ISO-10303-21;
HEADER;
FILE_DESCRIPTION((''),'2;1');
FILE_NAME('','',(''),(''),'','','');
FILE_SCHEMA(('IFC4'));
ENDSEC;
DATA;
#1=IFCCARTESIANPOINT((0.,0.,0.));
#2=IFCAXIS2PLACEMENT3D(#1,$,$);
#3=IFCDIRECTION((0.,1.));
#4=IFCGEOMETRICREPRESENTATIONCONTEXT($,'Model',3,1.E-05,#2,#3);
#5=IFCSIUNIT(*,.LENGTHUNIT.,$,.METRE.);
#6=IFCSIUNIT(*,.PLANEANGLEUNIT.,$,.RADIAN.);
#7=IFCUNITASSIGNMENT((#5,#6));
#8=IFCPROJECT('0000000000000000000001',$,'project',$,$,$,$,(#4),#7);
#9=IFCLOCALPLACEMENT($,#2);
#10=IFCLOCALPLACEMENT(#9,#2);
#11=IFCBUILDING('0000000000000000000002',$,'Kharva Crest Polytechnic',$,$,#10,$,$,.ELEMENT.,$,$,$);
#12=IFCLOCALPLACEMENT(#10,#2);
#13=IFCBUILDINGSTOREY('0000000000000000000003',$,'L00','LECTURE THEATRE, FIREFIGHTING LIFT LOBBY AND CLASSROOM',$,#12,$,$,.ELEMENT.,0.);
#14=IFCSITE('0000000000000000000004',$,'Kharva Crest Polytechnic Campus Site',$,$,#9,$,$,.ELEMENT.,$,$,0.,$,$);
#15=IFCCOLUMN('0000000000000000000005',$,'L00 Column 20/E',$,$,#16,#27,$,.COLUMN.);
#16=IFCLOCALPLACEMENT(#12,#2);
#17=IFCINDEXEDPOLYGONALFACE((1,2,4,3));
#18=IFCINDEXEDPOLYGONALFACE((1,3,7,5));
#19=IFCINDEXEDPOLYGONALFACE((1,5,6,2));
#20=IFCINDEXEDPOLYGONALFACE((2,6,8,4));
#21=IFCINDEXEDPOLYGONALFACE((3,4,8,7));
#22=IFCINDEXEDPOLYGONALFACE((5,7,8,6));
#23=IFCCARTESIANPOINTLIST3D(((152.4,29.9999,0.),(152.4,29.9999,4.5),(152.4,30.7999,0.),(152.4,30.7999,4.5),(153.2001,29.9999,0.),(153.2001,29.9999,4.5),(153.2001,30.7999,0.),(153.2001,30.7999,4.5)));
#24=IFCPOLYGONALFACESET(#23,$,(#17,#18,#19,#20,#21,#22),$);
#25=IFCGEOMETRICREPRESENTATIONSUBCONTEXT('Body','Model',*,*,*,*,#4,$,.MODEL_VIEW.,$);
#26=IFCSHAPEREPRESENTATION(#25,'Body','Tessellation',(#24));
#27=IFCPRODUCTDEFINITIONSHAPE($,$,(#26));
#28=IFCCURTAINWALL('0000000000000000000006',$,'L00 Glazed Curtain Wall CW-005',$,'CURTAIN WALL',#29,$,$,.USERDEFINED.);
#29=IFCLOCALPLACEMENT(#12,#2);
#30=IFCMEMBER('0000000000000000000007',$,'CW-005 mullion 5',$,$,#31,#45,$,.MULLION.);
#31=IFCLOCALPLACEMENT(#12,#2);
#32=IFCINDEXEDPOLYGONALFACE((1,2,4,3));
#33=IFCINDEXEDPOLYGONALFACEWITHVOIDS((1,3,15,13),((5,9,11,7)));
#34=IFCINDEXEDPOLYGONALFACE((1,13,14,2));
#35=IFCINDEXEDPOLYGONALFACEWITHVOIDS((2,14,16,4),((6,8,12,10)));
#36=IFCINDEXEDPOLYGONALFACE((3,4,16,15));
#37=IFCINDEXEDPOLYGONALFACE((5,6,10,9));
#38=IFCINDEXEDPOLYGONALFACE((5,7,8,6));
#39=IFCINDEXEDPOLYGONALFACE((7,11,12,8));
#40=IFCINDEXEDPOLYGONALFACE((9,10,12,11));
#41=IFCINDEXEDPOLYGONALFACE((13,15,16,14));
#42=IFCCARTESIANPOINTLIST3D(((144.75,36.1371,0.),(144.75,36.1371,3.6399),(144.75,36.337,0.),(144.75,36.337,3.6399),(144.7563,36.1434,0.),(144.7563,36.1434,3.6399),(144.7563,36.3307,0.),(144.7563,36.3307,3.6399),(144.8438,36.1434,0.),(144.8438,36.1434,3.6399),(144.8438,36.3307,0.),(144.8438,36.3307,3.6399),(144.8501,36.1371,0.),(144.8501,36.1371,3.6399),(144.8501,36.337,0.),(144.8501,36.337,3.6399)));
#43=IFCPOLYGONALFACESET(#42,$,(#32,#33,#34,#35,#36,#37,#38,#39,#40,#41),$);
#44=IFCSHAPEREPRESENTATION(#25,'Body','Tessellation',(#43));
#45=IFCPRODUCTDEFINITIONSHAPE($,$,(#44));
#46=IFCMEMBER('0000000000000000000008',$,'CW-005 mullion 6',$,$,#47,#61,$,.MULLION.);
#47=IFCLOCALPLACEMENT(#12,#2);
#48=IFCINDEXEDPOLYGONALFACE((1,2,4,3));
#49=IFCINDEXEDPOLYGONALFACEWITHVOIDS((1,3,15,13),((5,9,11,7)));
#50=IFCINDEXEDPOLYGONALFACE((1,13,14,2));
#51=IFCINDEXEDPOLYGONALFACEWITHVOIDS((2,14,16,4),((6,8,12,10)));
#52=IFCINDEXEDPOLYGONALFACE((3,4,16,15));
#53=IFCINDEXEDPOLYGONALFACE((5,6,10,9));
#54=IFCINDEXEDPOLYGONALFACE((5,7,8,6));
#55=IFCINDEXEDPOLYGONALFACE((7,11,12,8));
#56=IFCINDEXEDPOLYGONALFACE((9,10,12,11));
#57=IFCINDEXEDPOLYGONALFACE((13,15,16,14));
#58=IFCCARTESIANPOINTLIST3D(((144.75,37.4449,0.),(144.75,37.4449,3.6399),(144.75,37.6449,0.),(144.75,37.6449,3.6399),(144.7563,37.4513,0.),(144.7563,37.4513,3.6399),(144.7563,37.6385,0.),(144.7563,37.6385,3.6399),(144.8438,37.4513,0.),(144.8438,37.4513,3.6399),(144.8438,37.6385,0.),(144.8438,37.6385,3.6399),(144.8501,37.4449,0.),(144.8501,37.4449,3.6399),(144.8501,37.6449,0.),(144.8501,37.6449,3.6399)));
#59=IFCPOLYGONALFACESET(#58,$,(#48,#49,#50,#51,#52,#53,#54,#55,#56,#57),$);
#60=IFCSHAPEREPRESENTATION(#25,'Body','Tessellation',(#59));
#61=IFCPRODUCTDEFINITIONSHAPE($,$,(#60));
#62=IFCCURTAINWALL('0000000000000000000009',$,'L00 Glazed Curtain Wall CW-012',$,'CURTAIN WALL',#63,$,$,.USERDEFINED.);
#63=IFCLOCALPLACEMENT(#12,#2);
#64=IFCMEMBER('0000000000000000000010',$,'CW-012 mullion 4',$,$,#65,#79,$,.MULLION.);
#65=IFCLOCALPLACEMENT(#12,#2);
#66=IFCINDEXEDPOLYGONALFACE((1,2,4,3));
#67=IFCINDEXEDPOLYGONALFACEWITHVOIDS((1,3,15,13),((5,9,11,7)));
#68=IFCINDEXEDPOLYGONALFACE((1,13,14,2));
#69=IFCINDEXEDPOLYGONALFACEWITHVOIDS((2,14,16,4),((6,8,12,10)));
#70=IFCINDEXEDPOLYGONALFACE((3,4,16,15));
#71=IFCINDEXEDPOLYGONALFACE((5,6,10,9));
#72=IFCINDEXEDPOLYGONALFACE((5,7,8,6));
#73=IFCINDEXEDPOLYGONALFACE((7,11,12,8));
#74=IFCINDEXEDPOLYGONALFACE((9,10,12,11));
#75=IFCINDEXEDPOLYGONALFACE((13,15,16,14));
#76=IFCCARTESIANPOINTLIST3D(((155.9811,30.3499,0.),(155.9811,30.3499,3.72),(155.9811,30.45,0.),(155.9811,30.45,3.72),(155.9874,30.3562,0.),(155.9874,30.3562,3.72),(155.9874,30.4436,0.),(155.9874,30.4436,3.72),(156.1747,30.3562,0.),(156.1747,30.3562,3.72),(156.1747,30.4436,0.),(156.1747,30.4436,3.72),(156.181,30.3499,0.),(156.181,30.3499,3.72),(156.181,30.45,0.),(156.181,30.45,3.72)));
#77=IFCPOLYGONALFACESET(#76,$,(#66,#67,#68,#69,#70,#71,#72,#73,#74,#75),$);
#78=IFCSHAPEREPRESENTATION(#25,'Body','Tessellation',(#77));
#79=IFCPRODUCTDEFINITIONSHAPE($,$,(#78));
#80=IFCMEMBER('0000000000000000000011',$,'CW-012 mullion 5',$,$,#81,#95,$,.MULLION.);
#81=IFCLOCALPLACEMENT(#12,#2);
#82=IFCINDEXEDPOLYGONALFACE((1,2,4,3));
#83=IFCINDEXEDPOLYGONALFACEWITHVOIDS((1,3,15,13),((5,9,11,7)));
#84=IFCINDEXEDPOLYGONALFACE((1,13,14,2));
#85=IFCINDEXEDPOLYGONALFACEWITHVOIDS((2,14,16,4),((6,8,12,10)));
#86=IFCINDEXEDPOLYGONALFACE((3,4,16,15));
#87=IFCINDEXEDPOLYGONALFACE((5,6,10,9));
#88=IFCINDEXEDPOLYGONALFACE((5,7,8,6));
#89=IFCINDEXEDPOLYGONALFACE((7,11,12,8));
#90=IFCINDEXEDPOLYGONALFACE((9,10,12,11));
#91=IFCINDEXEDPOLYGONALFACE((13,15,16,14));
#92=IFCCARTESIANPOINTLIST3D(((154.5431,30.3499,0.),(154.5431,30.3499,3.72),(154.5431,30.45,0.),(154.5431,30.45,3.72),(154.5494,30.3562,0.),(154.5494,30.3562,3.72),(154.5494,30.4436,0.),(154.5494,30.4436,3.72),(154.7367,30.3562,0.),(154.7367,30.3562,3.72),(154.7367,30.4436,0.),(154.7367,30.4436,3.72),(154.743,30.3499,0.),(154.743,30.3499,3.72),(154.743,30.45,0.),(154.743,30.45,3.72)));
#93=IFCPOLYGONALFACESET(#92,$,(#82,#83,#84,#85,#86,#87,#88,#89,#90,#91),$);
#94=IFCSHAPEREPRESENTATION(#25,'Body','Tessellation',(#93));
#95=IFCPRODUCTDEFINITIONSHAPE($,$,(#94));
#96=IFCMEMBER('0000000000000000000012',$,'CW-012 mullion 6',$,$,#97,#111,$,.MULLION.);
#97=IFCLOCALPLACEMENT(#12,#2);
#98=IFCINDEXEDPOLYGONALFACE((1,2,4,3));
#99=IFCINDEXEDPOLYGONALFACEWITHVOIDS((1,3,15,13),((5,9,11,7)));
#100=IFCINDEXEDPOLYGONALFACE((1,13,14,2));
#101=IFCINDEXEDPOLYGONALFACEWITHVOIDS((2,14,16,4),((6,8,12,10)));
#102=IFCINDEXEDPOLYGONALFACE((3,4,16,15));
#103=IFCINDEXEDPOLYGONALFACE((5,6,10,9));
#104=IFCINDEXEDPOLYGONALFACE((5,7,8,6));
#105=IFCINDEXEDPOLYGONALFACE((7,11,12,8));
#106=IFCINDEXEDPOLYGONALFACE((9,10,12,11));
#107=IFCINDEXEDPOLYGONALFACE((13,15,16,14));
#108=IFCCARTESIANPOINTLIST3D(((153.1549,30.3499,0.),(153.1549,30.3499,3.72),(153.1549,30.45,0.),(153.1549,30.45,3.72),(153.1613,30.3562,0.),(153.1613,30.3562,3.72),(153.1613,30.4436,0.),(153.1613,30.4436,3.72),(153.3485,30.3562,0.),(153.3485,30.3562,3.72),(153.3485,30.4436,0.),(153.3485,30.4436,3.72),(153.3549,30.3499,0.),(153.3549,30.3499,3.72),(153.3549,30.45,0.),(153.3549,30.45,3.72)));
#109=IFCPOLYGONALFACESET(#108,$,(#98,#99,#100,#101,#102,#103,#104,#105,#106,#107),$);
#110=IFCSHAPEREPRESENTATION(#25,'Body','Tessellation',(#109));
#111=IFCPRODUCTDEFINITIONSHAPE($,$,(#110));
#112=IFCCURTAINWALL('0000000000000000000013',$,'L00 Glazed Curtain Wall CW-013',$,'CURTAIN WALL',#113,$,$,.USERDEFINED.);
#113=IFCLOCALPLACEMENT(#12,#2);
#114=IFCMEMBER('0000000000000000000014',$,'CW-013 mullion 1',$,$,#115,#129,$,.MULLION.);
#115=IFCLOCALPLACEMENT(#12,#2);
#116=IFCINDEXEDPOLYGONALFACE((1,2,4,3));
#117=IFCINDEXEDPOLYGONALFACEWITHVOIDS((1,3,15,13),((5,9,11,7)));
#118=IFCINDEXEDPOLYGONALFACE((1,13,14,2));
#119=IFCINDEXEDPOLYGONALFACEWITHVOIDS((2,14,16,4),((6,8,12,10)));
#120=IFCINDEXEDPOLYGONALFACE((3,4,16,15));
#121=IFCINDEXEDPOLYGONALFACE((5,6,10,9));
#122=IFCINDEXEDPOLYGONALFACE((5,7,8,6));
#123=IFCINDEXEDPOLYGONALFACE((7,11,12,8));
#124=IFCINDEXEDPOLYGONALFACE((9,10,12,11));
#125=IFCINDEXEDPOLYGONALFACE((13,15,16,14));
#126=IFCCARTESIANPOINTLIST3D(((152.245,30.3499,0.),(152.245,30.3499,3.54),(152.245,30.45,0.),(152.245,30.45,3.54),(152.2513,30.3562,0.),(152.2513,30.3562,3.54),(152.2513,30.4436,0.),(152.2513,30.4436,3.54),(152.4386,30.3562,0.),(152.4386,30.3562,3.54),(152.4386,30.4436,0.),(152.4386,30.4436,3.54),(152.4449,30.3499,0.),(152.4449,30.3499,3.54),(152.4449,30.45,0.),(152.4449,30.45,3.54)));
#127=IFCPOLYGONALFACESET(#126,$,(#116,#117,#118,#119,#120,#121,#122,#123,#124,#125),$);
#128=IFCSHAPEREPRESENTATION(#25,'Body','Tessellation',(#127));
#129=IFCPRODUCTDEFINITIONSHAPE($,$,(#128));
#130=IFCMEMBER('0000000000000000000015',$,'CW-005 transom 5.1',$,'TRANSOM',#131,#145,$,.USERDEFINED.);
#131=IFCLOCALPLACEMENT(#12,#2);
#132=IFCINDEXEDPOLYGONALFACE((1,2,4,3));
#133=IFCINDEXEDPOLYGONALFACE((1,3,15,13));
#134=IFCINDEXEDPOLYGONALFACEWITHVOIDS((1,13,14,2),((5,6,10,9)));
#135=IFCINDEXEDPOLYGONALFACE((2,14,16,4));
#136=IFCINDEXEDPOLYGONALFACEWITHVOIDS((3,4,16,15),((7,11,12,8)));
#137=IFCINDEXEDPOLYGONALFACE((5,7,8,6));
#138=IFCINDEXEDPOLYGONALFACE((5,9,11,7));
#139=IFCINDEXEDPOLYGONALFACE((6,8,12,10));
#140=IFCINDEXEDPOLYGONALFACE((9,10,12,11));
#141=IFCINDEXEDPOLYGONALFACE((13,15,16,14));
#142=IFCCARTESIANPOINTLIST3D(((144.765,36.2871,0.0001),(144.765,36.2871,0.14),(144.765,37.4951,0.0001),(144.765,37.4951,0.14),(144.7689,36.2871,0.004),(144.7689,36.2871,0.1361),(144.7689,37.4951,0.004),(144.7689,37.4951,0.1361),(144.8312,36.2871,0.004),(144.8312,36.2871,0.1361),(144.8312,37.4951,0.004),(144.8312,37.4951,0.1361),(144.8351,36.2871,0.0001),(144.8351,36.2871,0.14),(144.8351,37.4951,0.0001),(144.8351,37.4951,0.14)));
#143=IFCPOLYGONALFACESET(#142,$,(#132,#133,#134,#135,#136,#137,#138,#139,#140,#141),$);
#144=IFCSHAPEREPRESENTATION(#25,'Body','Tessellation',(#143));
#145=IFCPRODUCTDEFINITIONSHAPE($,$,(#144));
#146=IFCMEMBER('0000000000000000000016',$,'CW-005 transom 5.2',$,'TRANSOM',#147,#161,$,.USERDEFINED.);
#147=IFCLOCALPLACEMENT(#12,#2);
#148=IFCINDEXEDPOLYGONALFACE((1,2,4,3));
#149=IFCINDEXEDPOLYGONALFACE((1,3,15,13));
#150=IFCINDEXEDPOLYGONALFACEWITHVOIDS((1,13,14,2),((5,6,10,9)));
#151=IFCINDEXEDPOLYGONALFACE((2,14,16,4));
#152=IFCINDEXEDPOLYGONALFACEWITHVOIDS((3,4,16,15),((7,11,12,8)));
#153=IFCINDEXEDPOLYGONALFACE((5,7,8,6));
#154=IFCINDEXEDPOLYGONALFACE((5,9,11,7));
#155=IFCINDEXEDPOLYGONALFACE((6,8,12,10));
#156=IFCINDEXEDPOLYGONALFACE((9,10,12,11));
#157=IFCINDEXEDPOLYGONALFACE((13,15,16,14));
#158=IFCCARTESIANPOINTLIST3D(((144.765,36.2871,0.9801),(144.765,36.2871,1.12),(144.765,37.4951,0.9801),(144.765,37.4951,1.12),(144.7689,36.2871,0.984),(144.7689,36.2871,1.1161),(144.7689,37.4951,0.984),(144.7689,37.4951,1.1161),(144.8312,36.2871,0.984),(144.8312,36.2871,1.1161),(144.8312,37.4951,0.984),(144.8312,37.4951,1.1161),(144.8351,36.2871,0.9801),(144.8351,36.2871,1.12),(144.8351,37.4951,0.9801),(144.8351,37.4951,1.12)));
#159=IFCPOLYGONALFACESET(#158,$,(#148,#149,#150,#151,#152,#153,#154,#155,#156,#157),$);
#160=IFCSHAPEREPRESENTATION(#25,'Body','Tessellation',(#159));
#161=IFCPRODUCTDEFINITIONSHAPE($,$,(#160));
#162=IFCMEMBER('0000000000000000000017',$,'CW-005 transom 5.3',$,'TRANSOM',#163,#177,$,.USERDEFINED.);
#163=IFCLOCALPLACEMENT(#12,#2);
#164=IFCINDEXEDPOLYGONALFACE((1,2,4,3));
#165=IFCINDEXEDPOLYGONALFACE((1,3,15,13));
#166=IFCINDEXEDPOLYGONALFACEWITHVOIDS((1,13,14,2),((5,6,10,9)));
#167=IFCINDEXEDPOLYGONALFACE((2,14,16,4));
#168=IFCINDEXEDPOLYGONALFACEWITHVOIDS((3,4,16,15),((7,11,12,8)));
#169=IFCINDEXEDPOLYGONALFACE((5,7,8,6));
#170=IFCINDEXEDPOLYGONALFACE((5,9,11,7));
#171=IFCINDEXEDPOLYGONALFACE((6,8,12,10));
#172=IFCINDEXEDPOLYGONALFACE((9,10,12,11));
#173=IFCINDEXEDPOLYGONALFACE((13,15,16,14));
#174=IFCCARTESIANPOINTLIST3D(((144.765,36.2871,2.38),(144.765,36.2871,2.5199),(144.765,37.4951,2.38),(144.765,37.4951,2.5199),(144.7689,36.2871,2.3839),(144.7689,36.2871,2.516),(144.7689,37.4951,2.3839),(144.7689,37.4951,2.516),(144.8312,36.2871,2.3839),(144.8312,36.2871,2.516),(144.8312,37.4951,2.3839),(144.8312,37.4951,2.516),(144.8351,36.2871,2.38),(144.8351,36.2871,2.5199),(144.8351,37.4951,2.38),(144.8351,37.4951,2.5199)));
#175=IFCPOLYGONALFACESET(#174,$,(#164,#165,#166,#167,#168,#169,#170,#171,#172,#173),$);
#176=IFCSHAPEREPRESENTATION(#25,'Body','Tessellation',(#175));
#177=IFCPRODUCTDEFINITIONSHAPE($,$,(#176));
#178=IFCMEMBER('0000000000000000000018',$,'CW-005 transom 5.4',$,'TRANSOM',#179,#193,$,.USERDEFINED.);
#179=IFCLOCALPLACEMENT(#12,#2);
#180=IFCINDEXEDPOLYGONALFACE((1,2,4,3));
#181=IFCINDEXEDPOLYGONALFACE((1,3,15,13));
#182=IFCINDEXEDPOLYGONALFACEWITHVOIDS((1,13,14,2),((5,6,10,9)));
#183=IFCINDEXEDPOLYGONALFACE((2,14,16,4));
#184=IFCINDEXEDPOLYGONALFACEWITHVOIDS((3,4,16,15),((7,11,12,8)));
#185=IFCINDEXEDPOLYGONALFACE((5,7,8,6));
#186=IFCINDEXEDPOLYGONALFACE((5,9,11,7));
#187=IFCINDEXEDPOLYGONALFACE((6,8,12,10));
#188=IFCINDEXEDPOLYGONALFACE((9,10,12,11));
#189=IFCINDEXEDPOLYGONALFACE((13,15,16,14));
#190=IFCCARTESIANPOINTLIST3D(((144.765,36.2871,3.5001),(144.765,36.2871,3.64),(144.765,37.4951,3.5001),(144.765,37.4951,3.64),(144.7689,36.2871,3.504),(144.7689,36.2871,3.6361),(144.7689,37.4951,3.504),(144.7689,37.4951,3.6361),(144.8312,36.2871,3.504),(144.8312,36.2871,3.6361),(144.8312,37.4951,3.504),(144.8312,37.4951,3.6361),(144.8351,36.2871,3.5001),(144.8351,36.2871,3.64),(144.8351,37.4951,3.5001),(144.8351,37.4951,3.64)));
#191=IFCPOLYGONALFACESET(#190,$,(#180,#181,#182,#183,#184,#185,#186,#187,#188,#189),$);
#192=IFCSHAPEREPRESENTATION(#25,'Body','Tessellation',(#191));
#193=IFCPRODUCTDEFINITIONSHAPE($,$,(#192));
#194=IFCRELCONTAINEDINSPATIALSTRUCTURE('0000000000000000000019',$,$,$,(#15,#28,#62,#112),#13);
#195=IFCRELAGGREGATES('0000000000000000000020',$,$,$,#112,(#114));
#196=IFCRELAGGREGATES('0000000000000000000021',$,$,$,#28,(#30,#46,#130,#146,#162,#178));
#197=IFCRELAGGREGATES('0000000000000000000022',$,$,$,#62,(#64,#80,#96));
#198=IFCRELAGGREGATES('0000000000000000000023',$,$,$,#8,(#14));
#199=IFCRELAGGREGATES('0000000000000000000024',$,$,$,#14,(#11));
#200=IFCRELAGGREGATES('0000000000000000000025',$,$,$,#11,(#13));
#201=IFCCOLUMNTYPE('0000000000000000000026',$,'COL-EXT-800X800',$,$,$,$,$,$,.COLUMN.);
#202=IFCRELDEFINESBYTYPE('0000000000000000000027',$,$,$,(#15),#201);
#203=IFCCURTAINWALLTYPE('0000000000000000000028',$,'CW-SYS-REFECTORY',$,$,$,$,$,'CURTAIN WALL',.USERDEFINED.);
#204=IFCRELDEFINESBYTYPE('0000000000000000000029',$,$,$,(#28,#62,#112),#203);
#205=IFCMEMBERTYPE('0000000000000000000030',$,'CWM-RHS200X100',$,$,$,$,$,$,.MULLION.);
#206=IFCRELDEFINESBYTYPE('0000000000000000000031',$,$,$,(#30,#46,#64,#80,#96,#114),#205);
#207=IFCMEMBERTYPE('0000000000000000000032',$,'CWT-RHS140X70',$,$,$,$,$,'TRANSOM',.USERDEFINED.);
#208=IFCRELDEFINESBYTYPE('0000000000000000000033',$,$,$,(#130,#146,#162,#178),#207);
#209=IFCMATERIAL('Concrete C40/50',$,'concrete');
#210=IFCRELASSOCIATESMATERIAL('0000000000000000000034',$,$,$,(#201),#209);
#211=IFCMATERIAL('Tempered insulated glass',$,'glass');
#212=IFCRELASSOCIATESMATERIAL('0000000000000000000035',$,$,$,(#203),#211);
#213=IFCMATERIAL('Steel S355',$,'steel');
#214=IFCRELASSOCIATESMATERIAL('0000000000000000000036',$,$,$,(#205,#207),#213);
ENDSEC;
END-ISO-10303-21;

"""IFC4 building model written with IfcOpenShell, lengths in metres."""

from ifc_helpers import new_model, si_unit, direction, frame, origin, origin_2d, place, context, subcontext, project, spatial, rectangle, hollow_rectangle, extrude, material, material_profile, profile_set, type_object, element, aggregate, save


model = new_model("IFC4")

# Units and contexts
model_context = context("Model", 3, precision=1e-05, world=origin(), true_north=direction((0.0, 1.0)))
body_context = subcontext(model_context, "Body", "Model", "MODEL_VIEW")
ifc_project = project(units=[si_unit("LENGTHUNIT", "METRE"), si_unit("PLANEANGLEUNIT", "RADIAN")], contexts=[model_context])

# Site, building, storey
site_placement = place(None, origin())
site = spatial("IfcSite", under=ifc_project, at=site_placement, Name="Kharva Crest Polytechnic Campus Site", CompositionType="ELEMENT", RefElevation=0.0)
building_placement = place(site_placement, origin())
building = spatial("IfcBuilding", under=site, at=building_placement, Name="Kharva Crest Polytechnic", CompositionType="ELEMENT")
storey_placement = place(building_placement, origin())
storey = spatial("IfcBuildingStorey", under=building, at=storey_placement, Name="L00", Description="LECTURE THEATRE, FIREFIGHTING LIFT LOBBY AND CLASSROOM", CompositionType="ELEMENT", Elevation=0.0)

# Column
ifc_material_1 = material(Name="Concrete C40/50", Category="concrete")
ifc_material_profile_1 = material_profile(ifc_material_1, rectangle(XDim=0.8, YDim=0.8, at=origin_2d()), Name="RECT 800 X 800")
ifc_profile_set_1 = profile_set([ifc_material_profile_1], Name="Concrete C40/50")
column_type = type_object("IfcColumnType", Name="COL-EXT-800X800", PredefinedType="COLUMN", material=ifc_profile_set_1)
column_placement = place(storey_placement, frame((152.8, 30.3999, 0.0), z_axis=(0.0, 0.0, 1.0), x_axis=(1.0, 0.0, 0.0)))
element("IfcColumn", 1, at=column_placement, inside=storey, type_object=column_type, Name="L00 Column 20/E", PredefinedType="COLUMN", context=body_context, shape_type="SweptSolid", body=[
    extrude(rectangle(XDim=0.8, YDim=0.8, at=origin_2d()), origin(), (0.0, 0.0, 1.0), 4.5),
])

# Curtain walls, members
ifc_material_2 = material(Name="Tempered insulated glass", Category="glass")
curtain_wall_type = type_object("IfcCurtainWallType", Name="CW-SYS-REFECTORY", ElementType="CURTAIN WALL", PredefinedType="USERDEFINED", material=ifc_material_2)
curtain_wall_1_placement = place(storey_placement, origin())
curtain_wall_1 = element("IfcCurtainWall", 2, at=curtain_wall_1_placement, inside=storey, type_object=curtain_wall_type, Name="L00 Glazed Curtain Wall CW-005", ObjectType="CURTAIN WALL", PredefinedType="USERDEFINED")
ifc_material_3 = material(Name="Steel S355", Category="steel")
ifc_material_profile_2 = material_profile(ifc_material_3, hollow_rectangle(XDim=0.1001, YDim=0.2, WallThickness=0.0063, at=origin_2d()), Name="RHS 200X100X6.3")
ifc_profile_set_2 = profile_set([ifc_material_profile_2], Name="Steel S355")
member_type_1 = type_object("IfcMemberType", Name="CWM-RHS200X100", PredefinedType="MULLION", material=ifc_profile_set_2)
member_1_placement = place(storey_placement, frame((144.8, 36.2371, 0.0), z_axis=(0.0, 0.0, 1.0), x_axis=(-1.0, 0.0, 0.0)))
member_1 = element("IfcMember", 3, at=member_1_placement, type_object=member_type_1, Name="CW-005 mullion 5", PredefinedType="MULLION", context=body_context, shape_type="SweptSolid", body=[
    extrude(hollow_rectangle(XDim=0.1001, YDim=0.2, WallThickness=0.0063, at=origin_2d()), origin(), (0.0, 0.0, 1.0), 3.6399),
])
member_2_placement = place(storey_placement, frame((144.8, 37.5449, 0.0), z_axis=(0.0, 0.0, 1.0), x_axis=(-1.0, 0.0, 0.0)))
member_2 = element("IfcMember", 4, at=member_2_placement, type_object=member_type_1, Name="CW-005 mullion 6", PredefinedType="MULLION", context=body_context, shape_type="SweptSolid", body=[
    extrude(hollow_rectangle(XDim=0.1001, YDim=0.2, WallThickness=0.0063, at=origin_2d()), origin(), (0.0, 0.0, 1.0), 3.6399),
])
curtain_wall_2_placement = place(storey_placement, origin())
curtain_wall_2 = element("IfcCurtainWall", 5, at=curtain_wall_2_placement, inside=storey, type_object=curtain_wall_type, Name="L00 Glazed Curtain Wall CW-012", ObjectType="CURTAIN WALL", PredefinedType="USERDEFINED")
member_3_placement = place(storey_placement, frame((156.0811, 30.3999, 0.0), z_axis=(0.0, 0.0, 1.0), x_axis=(0.0, -1.0, 0.0)))
member_3 = element("IfcMember", 6, at=member_3_placement, type_object=member_type_1, Name="CW-012 mullion 4", PredefinedType="MULLION", context=body_context, shape_type="SweptSolid", body=[
    extrude(hollow_rectangle(XDim=0.1001, YDim=0.2, WallThickness=0.0063, at=origin_2d()), origin(), (0.0, 0.0, 1.0), 3.72),
])
member_4_placement = place(storey_placement, frame((154.6431, 30.3999, 0.0), z_axis=(0.0, 0.0, 1.0), x_axis=(0.0, -1.0, 0.0)))
member_4 = element("IfcMember", 7, at=member_4_placement, type_object=member_type_1, Name="CW-012 mullion 5", PredefinedType="MULLION", context=body_context, shape_type="SweptSolid", body=[
    extrude(hollow_rectangle(XDim=0.1001, YDim=0.2, WallThickness=0.0063, at=origin_2d()), origin(), (0.0, 0.0, 1.0), 3.72),
])
member_5_placement = place(storey_placement, frame((153.2549, 30.3999, 0.0), z_axis=(0.0, 0.0, 1.0), x_axis=(0.0, -1.0, 0.0)))
member_5 = element("IfcMember", 8, at=member_5_placement, type_object=member_type_1, Name="CW-012 mullion 6", PredefinedType="MULLION", context=body_context, shape_type="SweptSolid", body=[
    extrude(hollow_rectangle(XDim=0.1001, YDim=0.2, WallThickness=0.0063, at=origin_2d()), origin(), (0.0, 0.0, 1.0), 3.72),
])

# Curtain wall, member
curtain_wall_3_placement = place(storey_placement, origin())
curtain_wall_3 = element("IfcCurtainWall", 9, at=curtain_wall_3_placement, inside=storey, type_object=curtain_wall_type, Name="L00 Glazed Curtain Wall CW-013", ObjectType="CURTAIN WALL", PredefinedType="USERDEFINED")
member_6_placement = place(storey_placement, frame((152.345, 30.3999, 0.0), z_axis=(0.0, 0.0, 1.0), x_axis=(0.0, -1.0, 0.0)))
member_6 = element("IfcMember", 10, at=member_6_placement, type_object=member_type_1, Name="CW-013 mullion 1", PredefinedType="MULLION", context=body_context, shape_type="SweptSolid", body=[
    extrude(hollow_rectangle(XDim=0.1001, YDim=0.2, WallThickness=0.0063, at=origin_2d()), origin(), (0.0, 0.0, 1.0), 3.54),
])

# Members
ifc_material_profile_3 = material_profile(ifc_material_3, hollow_rectangle(XDim=0.0701, YDim=0.1399, WallThickness=0.0039, at=origin_2d()), Name="RHS 140X70X4.0")
ifc_profile_set_3 = profile_set([ifc_material_profile_3], Name="Steel S355")
member_type_2 = type_object("IfcMemberType", Name="CWT-RHS140X70", ElementType="TRANSOM", PredefinedType="USERDEFINED", material=ifc_profile_set_3)
member_7_placement = place(storey_placement, frame((144.8, 36.2871, 0.0701), z_axis=(0.0, 1.0, 0.0), x_axis=(-1.0, 0.0, 0.0)))
member_7 = element("IfcMember", 11, at=member_7_placement, type_object=member_type_2, Name="CW-005 transom 5.1", ObjectType="TRANSOM", PredefinedType="USERDEFINED", context=body_context, shape_type="SweptSolid", body=[
    extrude(hollow_rectangle(XDim=0.0701, YDim=0.1399, WallThickness=0.0039, at=origin_2d()), origin(), (0.0, 0.0, 1.0), 1.208),
])
member_8_placement = place(storey_placement, frame((144.8, 36.2871, 1.05), z_axis=(0.0, 1.0, 0.0), x_axis=(-1.0, 0.0, 0.0)))
member_8 = element("IfcMember", 12, at=member_8_placement, type_object=member_type_2, Name="CW-005 transom 5.2", ObjectType="TRANSOM", PredefinedType="USERDEFINED", context=body_context, shape_type="SweptSolid", body=[
    extrude(hollow_rectangle(XDim=0.0701, YDim=0.1399, WallThickness=0.0039, at=origin_2d()), origin(), (0.0, 0.0, 1.0), 1.208),
])
member_9_placement = place(storey_placement, frame((144.8, 36.2871, 2.45), z_axis=(0.0, 1.0, 0.0), x_axis=(-1.0, 0.0, 0.0)))
member_9 = element("IfcMember", 13, at=member_9_placement, type_object=member_type_2, Name="CW-005 transom 5.3", ObjectType="TRANSOM", PredefinedType="USERDEFINED", context=body_context, shape_type="SweptSolid", body=[
    extrude(hollow_rectangle(XDim=0.0701, YDim=0.1399, WallThickness=0.0039, at=origin_2d()), origin(), (0.0, 0.0, 1.0), 1.208),
])
member_10_placement = place(storey_placement, frame((144.8, 36.2871, 3.5701), z_axis=(0.0, 1.0, 0.0), x_axis=(-1.0, 0.0, 0.0)))
member_10 = element("IfcMember", 14, at=member_10_placement, type_object=member_type_2, Name="CW-005 transom 5.4", ObjectType="TRANSOM", PredefinedType="USERDEFINED", context=body_context, shape_type="SweptSolid", body=[
    extrude(hollow_rectangle(XDim=0.0701, YDim=0.1399, WallThickness=0.0039, at=origin_2d()), origin(), (0.0, 0.0, 1.0), 1.208),
])
aggregate(curtain_wall_3, [member_6])

aggregate(curtain_wall_1, [member_1, member_2, member_7, member_8, member_9, member_10])
aggregate(curtain_wall_2, [member_3, member_4, member_5])

save(model, "model.ifc")
